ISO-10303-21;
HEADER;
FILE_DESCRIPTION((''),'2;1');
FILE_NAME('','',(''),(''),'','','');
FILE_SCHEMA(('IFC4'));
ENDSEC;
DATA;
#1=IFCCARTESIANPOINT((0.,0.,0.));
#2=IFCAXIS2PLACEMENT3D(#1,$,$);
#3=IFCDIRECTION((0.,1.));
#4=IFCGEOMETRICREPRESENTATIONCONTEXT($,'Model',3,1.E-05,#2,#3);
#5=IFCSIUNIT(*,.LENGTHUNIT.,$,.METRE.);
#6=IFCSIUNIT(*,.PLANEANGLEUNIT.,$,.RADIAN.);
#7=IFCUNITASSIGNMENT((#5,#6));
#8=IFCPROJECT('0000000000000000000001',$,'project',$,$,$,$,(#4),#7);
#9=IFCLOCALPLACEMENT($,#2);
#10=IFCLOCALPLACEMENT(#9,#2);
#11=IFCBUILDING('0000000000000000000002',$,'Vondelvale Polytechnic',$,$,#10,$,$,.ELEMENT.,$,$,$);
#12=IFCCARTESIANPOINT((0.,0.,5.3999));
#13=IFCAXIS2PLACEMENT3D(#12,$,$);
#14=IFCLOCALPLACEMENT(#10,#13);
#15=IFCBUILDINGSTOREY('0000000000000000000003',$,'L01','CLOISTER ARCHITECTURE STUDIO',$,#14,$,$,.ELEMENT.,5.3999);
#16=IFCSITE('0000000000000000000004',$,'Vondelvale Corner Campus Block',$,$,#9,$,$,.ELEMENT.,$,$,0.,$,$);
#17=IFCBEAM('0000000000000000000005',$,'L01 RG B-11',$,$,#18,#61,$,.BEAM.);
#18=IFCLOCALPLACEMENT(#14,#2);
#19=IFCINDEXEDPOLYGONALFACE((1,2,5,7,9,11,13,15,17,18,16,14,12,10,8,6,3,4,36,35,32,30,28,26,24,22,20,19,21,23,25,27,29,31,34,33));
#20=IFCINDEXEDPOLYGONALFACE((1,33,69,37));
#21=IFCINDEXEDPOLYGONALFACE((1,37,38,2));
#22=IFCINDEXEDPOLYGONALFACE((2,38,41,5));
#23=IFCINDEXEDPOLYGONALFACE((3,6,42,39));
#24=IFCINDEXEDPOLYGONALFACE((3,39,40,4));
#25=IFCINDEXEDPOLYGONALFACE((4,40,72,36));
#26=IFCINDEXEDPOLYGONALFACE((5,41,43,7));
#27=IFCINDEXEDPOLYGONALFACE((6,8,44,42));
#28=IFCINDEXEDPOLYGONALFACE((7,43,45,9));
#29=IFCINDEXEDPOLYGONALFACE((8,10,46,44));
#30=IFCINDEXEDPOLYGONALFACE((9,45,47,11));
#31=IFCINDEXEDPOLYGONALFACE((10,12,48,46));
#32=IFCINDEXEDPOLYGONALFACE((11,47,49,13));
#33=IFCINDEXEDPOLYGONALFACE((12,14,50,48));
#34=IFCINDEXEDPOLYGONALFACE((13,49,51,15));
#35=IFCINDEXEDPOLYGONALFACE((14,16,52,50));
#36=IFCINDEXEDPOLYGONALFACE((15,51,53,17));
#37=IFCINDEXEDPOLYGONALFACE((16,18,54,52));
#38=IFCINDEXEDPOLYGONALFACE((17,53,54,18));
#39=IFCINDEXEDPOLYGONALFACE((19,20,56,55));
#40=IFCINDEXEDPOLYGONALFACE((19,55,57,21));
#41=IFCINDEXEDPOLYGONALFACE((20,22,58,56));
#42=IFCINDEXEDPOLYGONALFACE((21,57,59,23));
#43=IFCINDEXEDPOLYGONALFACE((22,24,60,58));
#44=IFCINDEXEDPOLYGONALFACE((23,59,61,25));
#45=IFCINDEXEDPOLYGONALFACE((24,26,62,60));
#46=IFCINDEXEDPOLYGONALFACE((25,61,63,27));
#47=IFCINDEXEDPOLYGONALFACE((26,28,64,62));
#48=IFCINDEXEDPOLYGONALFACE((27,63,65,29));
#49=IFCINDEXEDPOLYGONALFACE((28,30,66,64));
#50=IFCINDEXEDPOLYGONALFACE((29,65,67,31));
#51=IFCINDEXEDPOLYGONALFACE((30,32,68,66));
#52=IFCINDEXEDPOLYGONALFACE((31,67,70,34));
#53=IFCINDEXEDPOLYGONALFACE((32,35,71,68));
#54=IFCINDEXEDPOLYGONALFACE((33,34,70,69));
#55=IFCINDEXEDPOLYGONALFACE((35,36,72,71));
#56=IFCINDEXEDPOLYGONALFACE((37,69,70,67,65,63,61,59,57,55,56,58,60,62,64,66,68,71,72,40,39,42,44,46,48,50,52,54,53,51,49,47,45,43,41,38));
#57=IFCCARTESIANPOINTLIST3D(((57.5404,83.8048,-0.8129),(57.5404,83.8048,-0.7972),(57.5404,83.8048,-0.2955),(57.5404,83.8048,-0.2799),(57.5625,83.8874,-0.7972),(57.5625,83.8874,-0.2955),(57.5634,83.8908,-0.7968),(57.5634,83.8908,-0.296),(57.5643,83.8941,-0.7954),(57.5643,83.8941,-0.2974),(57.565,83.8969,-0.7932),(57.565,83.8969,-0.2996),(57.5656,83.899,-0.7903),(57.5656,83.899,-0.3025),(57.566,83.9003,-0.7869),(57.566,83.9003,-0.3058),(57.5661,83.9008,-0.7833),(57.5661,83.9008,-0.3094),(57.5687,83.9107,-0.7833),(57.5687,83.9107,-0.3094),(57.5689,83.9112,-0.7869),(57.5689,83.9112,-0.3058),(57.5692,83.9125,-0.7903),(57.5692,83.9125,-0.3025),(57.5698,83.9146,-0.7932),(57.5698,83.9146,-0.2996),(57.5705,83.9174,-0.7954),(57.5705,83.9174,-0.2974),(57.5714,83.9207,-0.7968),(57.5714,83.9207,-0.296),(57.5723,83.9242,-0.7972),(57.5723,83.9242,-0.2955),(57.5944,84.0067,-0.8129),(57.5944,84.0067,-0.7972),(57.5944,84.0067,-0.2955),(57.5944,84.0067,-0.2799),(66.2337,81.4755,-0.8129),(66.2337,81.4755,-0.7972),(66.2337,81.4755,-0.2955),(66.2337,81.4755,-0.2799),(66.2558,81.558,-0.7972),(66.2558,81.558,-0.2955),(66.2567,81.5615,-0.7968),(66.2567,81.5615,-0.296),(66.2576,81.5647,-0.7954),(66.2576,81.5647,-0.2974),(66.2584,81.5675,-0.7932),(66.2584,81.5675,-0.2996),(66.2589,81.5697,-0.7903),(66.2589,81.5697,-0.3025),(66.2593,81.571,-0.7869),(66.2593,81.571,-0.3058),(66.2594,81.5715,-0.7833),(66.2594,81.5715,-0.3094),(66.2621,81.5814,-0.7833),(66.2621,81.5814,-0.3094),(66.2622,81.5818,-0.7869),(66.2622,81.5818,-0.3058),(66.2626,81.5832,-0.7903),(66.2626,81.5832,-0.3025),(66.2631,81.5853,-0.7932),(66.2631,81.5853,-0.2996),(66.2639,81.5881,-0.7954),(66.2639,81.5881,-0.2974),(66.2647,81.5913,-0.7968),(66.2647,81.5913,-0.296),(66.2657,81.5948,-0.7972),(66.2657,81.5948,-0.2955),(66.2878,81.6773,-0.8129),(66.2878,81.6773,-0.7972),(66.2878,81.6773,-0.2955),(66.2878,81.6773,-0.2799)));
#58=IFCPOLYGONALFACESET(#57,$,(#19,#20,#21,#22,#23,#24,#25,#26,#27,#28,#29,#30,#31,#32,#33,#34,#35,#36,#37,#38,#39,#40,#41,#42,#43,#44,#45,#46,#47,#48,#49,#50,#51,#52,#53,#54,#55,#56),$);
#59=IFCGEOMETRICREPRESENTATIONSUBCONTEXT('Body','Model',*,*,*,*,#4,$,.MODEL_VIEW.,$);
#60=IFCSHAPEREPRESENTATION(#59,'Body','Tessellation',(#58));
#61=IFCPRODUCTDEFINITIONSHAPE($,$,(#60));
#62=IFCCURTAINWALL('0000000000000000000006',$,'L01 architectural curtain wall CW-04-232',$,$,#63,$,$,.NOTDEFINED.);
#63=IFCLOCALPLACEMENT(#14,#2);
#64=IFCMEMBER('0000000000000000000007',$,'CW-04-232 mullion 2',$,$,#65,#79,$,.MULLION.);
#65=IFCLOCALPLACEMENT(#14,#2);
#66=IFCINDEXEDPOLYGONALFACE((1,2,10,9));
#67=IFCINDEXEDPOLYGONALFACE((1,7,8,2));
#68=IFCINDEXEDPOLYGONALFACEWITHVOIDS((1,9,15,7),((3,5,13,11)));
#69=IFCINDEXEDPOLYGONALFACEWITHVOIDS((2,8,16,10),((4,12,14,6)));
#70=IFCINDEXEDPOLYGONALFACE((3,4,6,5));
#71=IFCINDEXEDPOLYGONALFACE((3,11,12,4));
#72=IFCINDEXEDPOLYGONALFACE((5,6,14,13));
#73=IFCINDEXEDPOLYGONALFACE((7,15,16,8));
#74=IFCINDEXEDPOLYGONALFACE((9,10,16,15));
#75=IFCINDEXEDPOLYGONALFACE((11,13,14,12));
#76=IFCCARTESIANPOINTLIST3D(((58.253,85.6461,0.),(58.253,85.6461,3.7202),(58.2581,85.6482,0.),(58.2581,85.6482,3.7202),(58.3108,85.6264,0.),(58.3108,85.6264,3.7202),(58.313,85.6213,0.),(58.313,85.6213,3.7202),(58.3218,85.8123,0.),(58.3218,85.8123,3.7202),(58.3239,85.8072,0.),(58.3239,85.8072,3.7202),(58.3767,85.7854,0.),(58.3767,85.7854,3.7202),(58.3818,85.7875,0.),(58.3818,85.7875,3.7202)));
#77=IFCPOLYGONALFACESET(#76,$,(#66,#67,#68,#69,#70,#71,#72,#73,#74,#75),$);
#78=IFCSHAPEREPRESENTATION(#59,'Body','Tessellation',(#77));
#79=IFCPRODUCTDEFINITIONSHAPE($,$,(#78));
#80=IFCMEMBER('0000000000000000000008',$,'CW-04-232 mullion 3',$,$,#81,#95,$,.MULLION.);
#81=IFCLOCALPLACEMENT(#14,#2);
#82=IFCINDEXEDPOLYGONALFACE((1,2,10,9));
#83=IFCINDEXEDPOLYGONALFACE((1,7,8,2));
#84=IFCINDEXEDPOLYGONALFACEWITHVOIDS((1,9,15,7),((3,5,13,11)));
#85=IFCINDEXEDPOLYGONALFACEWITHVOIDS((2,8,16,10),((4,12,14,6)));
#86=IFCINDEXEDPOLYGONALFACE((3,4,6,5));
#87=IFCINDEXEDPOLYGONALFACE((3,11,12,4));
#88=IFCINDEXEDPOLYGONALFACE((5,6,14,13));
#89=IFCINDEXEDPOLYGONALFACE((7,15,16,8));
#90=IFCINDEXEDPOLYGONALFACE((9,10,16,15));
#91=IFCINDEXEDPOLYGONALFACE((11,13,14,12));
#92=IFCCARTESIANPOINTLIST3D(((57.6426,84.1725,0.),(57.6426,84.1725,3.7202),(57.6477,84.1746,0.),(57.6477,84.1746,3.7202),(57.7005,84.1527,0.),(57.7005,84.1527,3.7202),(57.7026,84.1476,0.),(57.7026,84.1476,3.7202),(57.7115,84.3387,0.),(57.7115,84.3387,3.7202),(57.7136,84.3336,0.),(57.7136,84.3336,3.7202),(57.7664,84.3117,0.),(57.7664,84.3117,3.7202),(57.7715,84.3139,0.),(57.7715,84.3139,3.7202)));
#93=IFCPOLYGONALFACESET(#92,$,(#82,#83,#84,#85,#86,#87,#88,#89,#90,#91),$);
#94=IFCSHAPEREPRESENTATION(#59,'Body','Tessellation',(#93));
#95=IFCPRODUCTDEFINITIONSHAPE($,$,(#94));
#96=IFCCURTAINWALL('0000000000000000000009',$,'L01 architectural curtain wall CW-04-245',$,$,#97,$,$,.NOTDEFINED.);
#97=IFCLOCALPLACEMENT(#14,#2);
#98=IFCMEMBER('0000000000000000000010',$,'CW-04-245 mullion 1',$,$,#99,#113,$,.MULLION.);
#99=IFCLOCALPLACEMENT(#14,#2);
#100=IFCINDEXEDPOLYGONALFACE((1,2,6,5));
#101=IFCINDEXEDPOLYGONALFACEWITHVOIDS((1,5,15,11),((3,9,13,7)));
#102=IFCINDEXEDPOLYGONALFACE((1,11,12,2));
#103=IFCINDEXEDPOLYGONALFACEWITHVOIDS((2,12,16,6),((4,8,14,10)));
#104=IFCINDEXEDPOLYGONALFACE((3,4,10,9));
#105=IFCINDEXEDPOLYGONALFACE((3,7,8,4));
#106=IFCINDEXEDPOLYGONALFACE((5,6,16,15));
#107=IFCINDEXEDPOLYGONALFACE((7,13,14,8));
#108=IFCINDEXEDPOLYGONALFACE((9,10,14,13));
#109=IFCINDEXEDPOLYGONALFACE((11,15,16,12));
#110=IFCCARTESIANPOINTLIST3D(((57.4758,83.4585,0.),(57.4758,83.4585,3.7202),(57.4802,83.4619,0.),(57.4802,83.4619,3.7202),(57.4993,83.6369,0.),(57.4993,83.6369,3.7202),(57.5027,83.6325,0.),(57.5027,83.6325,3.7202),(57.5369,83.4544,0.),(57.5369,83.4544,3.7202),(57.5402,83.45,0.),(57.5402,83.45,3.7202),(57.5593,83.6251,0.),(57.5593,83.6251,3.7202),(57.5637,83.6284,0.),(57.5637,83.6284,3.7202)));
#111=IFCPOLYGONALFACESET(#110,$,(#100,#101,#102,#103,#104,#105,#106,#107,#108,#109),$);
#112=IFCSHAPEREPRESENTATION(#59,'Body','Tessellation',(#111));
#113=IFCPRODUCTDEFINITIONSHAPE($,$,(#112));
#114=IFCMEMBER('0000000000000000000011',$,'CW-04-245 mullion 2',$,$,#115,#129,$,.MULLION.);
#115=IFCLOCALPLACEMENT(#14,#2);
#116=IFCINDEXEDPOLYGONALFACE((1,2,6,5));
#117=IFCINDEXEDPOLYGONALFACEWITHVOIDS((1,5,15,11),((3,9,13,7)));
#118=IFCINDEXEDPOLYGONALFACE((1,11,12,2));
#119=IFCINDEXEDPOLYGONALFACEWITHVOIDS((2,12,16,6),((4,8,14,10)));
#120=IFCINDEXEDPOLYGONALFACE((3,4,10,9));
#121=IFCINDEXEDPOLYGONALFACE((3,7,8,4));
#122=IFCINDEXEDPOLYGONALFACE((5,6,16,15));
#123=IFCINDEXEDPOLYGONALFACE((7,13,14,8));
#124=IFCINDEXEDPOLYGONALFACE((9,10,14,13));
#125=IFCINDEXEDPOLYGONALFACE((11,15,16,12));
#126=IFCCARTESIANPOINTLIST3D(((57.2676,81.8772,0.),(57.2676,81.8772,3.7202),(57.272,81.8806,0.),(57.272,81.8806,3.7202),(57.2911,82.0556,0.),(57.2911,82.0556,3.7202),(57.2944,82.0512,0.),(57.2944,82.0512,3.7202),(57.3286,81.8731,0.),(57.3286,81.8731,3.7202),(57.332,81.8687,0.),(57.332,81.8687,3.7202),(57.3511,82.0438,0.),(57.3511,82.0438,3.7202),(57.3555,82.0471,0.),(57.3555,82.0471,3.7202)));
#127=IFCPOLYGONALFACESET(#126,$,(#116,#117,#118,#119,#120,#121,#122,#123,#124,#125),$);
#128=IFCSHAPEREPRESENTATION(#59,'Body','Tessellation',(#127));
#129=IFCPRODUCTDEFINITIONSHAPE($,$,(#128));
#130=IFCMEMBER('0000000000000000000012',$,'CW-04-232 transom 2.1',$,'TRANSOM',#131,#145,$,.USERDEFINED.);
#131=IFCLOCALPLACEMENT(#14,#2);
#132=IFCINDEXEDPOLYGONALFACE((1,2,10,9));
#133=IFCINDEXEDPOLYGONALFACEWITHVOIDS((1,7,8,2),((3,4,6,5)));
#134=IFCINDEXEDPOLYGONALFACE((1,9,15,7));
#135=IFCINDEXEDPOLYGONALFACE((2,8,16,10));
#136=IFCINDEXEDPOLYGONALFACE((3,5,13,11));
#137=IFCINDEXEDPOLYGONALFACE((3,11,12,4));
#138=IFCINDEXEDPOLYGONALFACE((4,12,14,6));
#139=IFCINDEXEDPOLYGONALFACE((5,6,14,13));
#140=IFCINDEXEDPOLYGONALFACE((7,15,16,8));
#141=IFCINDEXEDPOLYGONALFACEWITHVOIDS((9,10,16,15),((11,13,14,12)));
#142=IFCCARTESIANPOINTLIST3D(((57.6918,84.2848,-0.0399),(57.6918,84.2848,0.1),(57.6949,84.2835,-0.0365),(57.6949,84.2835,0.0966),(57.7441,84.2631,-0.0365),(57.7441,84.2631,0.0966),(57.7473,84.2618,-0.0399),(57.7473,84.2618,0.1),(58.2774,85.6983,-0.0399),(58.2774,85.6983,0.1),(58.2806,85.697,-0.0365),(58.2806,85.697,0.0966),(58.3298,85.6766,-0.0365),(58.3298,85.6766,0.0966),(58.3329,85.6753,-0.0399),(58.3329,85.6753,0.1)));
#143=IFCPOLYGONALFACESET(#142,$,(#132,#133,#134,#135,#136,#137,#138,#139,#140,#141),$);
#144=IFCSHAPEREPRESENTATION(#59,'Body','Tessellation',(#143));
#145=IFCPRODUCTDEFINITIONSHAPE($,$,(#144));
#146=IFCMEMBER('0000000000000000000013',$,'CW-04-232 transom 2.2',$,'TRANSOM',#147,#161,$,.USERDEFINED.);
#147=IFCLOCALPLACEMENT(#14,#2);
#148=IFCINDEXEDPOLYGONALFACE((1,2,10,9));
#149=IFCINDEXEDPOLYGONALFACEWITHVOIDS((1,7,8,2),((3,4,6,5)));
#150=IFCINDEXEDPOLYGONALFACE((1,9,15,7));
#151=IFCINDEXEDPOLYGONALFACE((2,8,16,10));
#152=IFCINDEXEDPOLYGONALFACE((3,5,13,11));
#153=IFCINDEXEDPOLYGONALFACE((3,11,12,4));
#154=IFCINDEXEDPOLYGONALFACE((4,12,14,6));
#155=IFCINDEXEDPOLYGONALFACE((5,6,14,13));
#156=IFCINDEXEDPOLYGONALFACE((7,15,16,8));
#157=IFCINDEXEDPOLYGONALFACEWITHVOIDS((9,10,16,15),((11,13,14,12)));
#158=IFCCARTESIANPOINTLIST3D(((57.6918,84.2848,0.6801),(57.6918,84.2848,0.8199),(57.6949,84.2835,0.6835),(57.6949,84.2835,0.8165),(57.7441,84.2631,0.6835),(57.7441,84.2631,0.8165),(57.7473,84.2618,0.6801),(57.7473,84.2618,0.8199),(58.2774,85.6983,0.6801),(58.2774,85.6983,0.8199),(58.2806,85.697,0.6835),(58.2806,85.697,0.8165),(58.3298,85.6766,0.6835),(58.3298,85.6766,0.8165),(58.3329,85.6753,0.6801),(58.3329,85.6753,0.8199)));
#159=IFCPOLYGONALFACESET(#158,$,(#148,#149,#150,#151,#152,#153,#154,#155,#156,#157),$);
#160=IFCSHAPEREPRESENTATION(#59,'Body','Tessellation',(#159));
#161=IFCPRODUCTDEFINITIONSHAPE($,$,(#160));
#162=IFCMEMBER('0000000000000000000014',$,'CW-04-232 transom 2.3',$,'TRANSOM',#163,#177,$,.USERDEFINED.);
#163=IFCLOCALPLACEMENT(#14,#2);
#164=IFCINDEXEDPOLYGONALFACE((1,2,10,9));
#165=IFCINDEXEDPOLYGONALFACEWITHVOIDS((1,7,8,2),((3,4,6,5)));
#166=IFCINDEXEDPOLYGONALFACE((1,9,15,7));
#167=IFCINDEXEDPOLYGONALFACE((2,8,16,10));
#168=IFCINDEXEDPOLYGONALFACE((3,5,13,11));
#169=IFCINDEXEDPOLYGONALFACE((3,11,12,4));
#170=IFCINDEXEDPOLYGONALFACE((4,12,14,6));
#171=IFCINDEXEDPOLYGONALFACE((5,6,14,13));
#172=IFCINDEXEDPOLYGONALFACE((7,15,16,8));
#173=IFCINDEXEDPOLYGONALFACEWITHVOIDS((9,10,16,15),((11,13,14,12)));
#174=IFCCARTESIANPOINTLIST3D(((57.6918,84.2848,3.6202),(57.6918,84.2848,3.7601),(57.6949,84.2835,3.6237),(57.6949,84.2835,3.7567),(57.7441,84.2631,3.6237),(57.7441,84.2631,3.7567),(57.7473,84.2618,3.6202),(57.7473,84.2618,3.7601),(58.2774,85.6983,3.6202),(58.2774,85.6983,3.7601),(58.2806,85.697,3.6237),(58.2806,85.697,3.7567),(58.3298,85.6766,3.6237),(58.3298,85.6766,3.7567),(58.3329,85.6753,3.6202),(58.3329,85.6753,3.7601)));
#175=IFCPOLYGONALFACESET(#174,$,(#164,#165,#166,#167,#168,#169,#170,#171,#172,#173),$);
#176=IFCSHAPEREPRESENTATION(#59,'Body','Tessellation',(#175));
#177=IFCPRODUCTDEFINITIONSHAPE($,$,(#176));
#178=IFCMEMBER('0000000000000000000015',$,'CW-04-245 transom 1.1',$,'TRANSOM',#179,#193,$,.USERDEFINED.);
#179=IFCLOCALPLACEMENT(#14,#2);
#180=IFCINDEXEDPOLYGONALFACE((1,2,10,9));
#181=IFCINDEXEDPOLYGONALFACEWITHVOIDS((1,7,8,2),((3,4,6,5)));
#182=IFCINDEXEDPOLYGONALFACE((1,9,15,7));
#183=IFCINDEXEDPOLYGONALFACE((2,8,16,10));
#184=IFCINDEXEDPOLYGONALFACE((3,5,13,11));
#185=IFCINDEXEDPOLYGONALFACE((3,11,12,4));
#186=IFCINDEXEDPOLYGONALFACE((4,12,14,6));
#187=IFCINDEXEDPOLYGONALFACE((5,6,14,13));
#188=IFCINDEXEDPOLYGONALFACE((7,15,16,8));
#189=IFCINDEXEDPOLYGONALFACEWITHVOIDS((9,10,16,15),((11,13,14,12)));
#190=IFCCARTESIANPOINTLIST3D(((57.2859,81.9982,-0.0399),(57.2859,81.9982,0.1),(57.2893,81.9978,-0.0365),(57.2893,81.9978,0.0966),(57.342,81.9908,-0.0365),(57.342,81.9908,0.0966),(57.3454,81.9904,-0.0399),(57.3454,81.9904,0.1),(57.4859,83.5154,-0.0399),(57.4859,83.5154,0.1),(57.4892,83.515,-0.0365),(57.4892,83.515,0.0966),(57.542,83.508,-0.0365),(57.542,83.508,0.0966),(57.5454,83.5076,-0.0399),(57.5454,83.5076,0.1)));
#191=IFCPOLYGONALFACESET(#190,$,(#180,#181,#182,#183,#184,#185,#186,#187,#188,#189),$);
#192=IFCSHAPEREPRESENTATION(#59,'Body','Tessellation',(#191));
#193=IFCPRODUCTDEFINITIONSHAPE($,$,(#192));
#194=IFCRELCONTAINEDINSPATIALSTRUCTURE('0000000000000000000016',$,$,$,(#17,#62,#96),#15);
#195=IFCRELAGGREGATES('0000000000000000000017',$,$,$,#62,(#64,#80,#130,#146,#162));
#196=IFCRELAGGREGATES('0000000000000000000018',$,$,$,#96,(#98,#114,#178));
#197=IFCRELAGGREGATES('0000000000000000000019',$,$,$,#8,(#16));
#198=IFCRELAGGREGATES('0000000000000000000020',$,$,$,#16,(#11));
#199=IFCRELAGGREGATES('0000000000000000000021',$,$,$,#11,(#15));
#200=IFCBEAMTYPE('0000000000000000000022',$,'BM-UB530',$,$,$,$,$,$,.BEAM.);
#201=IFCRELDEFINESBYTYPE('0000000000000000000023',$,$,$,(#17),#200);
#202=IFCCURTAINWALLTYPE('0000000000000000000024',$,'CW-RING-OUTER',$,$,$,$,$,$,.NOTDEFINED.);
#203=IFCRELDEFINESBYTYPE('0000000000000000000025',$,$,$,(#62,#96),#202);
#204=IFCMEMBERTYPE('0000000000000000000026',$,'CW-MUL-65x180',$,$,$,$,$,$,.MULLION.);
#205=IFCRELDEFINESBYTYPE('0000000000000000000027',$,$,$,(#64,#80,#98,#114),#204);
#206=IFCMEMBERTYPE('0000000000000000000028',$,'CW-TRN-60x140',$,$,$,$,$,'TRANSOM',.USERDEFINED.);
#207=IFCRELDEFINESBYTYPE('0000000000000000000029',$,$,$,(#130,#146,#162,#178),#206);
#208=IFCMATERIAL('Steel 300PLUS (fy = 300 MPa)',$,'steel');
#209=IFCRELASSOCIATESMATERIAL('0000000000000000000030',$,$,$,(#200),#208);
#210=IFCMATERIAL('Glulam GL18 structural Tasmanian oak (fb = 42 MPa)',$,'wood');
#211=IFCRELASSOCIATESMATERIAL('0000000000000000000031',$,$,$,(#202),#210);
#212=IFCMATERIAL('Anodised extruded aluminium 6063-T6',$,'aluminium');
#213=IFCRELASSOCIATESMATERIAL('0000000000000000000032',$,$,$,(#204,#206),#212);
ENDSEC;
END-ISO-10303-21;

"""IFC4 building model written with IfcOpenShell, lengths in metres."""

from ifc_helpers import new_model, si_unit, direction, frame, origin, origin_2d, place, context, subcontext, project, spatial, hollow_rectangle, i_section, extrude, material, material_profile, profile_set, type_object, element, aggregate, save


model = new_model("IFC4")

# Units and contexts
model_context = context("Model", 3, precision=1e-05, world=origin(), true_north=direction((0.0, 1.0)))
body_context = subcontext(model_context, "Body", "Model", "MODEL_VIEW")
ifc_project = project(units=[si_unit("LENGTHUNIT", "METRE"), si_unit("PLANEANGLEUNIT", "RADIAN")], contexts=[model_context])

# Site, building, storey
site_placement = place(None, origin())
site = spatial("IfcSite", under=ifc_project, at=site_placement, Name="Vondelvale Corner Campus Block", CompositionType="ELEMENT", RefElevation=0.0)
building_placement = place(site_placement, origin())
building = spatial("IfcBuilding", under=site, at=building_placement, Name="Vondelvale Polytechnic", CompositionType="ELEMENT")
storey_placement = place(building_placement, frame((0.0, 0.0, 5.3999)))
storey = spatial("IfcBuildingStorey", under=building, at=storey_placement, Name="L01", Description="CLOISTER ARCHITECTURE STUDIO", CompositionType="ELEMENT", Elevation=5.3999)

# Shared definitions
ifc_material_1 = material(Name="Steel 300PLUS (fy = 300 MPa)", Category="steel")

# Beam
ifc_material_profile_1 = material_profile(ifc_material_1, i_section(OverallWidth=0.209, OverallDepth=0.533, WebThickness=0.0103, FlangeThickness=0.0156, FilletRadius=0.0139, at=origin_2d()), Name="530UB92.4")
ifc_profile_set_1 = profile_set([ifc_material_profile_1], Name="Steel 300PLUS (fy = 300 MPa)")
beam_type_1 = type_object("IfcBeamType", Name="BM-UB530", PredefinedType="BEAM", material=ifc_profile_set_1)
beam_1_placement = place(storey_placement, frame((66.2607, 81.5764, -0.5464), z_axis=(-0.965927, 0.258816, 0.0), x_axis=(-0.258816, -0.965927, 0.0)))
element("IfcBeam", 1, at=beam_1_placement, inside=storey, type_object=beam_type_1, Name="L01 RG B-11", PredefinedType="BEAM", context=body_context, shape_type="SweptSolid", body=[
    extrude(i_section(OverallWidth=0.209, OverallDepth=0.533, WebThickness=0.0103, FlangeThickness=0.0156, FilletRadius=0.0139, at=origin_2d()), origin(), (0.0, 0.0, 1.0), 9.0),
])

# Curtain walls, members
ifc_material_2 = material(Name="Glulam GL18 structural Tasmanian oak (fb = 42 MPa)", Category="wood")
curtain_wall_type = type_object("IfcCurtainWallType", Name="CW-RING-OUTER", PredefinedType="NOTDEFINED", material=ifc_material_2)
curtain_wall_1_placement = place(storey_placement, origin())
curtain_wall_1 = element("IfcCurtainWall", 2, at=curtain_wall_1_placement, inside=storey, type_object=curtain_wall_type, Name="L01 architectural curtain wall CW-04-232", PredefinedType="NOTDEFINED")
ifc_material_3 = material(Name="Anodised extruded aluminium 6063-T6", Category="aluminium")
ifc_material_profile_2 = material_profile(ifc_material_3, hollow_rectangle(XDim=0.0649, YDim=0.1799, WallThickness=0.0039, at=origin_2d()), Name="CW-MUL-180x65")
ifc_profile_set_2 = profile_set([ifc_material_profile_2], Name="Anodised extruded aluminium 6063-T6")
member_type_1 = type_object("IfcMemberType", Name="CW-MUL-65x180", PredefinedType="MULLION", material=ifc_profile_set_2)
member_1_placement = place(storey_placement, frame((58.3174, 85.7168, 0.0), z_axis=(0.0, 0.0, 1.0), x_axis=(0.923882, -0.382677, 0.0)))
member_1 = element("IfcMember", 3, at=member_1_placement, type_object=member_type_1, Name="CW-04-232 mullion 2", PredefinedType="MULLION", context=body_context, shape_type="SweptSolid", body=[
    extrude(hollow_rectangle(XDim=0.0649, YDim=0.1799, WallThickness=0.0039, at=origin_2d()), origin(), (0.0, 0.0, 1.0), 3.7202),
])
member_2_placement = place(storey_placement, frame((57.707, 84.2432, 0.0), z_axis=(0.0, 0.0, 1.0), x_axis=(0.923882, -0.382677, 0.0)))
member_2 = element("IfcMember", 4, at=member_2_placement, type_object=member_type_1, Name="CW-04-232 mullion 3", PredefinedType="MULLION", context=body_context, shape_type="SweptSolid", body=[
    extrude(hollow_rectangle(XDim=0.0649, YDim=0.1799, WallThickness=0.0039, at=origin_2d()), origin(), (0.0, 0.0, 1.0), 3.7202),
])
curtain_wall_2_placement = place(storey_placement, origin())
curtain_wall_2 = element("IfcCurtainWall", 5, at=curtain_wall_2_placement, inside=storey, type_object=curtain_wall_type, Name="L01 architectural curtain wall CW-04-245", PredefinedType="NOTDEFINED")
member_3_placement = place(storey_placement, frame((57.5198, 83.5435, 0.0), z_axis=(0.0, 0.0, 1.0), x_axis=(0.991443, -0.13054, 0.0)))
member_3 = element("IfcMember", 6, at=member_3_placement, type_object=member_type_1, Name="CW-04-245 mullion 1", PredefinedType="MULLION", context=body_context, shape_type="SweptSolid", body=[
    extrude(hollow_rectangle(XDim=0.0649, YDim=0.1799, WallThickness=0.0039, at=origin_2d()), origin(), (0.0, 0.0, 1.0), 3.7202),
])
member_4_placement = place(storey_placement, frame((57.3115, 81.9622, 0.0), z_axis=(0.0, 0.0, 1.0), x_axis=(0.991443, -0.13054, 0.0)))
member_4 = element("IfcMember", 7, at=member_4_placement, type_object=member_type_1, Name="CW-04-245 mullion 2", PredefinedType="MULLION", context=body_context, shape_type="SweptSolid", body=[
    extrude(hollow_rectangle(XDim=0.0649, YDim=0.1799, WallThickness=0.0039, at=origin_2d()), origin(), (0.0, 0.0, 1.0), 3.7202),
])

# Members
ifc_material_profile_3 = material_profile(ifc_material_3, hollow_rectangle(XDim=0.0601, YDim=0.1399, WallThickness=0.0034, at=origin_2d()), Name="CW-TRN-140x60")
ifc_profile_set_3 = profile_set([ifc_material_profile_3], Name="Anodised extruded aluminium 6063-T6")
member_type_2 = type_object("IfcMemberType", Name="CW-TRN-60x140", ElementType="TRANSOM", PredefinedType="USERDEFINED", material=ifc_profile_set_3)
member_5_placement = place(storey_placement, frame((58.3052, 85.6868, 0.03), z_axis=(-0.382779, -0.92384, 0.0), x_axis=(0.92384, -0.382779, 0.0)))
member_5 = element("IfcMember", 8, at=member_5_placement, type_object=member_type_2, Name="CW-04-232 transom 2.1", ObjectType="TRANSOM", PredefinedType="USERDEFINED", context=body_context, shape_type="SweptSolid", body=[
    extrude(hollow_rectangle(XDim=0.0601, YDim=0.1399, WallThickness=0.0034, at=origin_2d()), origin(), (0.0, 0.0, 1.0), 1.53),
])
member_6_placement = place(storey_placement, frame((58.3052, 85.6868, 0.75), z_axis=(-0.382779, -0.92384, 0.0), x_axis=(0.92384, -0.382779, 0.0)))
member_6 = element("IfcMember", 9, at=member_6_placement, type_object=member_type_2, Name="CW-04-232 transom 2.2", ObjectType="TRANSOM", PredefinedType="USERDEFINED", context=body_context, shape_type="SweptSolid", body=[
    extrude(hollow_rectangle(XDim=0.0601, YDim=0.1399, WallThickness=0.0034, at=origin_2d()), origin(), (0.0, 0.0, 1.0), 1.53),
])
member_7_placement = place(storey_placement, frame((58.3052, 85.6868, 3.6902), z_axis=(-0.382779, -0.92384, 0.0), x_axis=(0.92384, -0.382779, 0.0)))
member_7 = element("IfcMember", 10, at=member_7_placement, type_object=member_type_2, Name="CW-04-232 transom 2.3", ObjectType="TRANSOM", PredefinedType="USERDEFINED", context=body_context, shape_type="SweptSolid", body=[
    extrude(hollow_rectangle(XDim=0.0601, YDim=0.1399, WallThickness=0.0034, at=origin_2d()), origin(), (0.0, 0.0, 1.0), 1.53),
])
member_8_placement = place(storey_placement, frame((57.5156, 83.5115, 0.03), z_axis=(-0.130669, -0.991426, 0.0), x_axis=(0.991426, -0.130669, 0.0)))
member_8 = element("IfcMember", 11, at=member_8_placement, type_object=member_type_2, Name="CW-04-245 transom 1.1", ObjectType="TRANSOM", PredefinedType="USERDEFINED", context=body_context, shape_type="SweptSolid", body=[
    extrude(hollow_rectangle(XDim=0.0601, YDim=0.1399, WallThickness=0.0034, at=origin_2d()), origin(), (0.0, 0.0, 1.0), 1.5303),
])

aggregate(curtain_wall_1, [member_1, member_2, member_5, member_6, member_7])
aggregate(curtain_wall_2, [member_3, member_4, member_8])

save(model, "model.ifc")
